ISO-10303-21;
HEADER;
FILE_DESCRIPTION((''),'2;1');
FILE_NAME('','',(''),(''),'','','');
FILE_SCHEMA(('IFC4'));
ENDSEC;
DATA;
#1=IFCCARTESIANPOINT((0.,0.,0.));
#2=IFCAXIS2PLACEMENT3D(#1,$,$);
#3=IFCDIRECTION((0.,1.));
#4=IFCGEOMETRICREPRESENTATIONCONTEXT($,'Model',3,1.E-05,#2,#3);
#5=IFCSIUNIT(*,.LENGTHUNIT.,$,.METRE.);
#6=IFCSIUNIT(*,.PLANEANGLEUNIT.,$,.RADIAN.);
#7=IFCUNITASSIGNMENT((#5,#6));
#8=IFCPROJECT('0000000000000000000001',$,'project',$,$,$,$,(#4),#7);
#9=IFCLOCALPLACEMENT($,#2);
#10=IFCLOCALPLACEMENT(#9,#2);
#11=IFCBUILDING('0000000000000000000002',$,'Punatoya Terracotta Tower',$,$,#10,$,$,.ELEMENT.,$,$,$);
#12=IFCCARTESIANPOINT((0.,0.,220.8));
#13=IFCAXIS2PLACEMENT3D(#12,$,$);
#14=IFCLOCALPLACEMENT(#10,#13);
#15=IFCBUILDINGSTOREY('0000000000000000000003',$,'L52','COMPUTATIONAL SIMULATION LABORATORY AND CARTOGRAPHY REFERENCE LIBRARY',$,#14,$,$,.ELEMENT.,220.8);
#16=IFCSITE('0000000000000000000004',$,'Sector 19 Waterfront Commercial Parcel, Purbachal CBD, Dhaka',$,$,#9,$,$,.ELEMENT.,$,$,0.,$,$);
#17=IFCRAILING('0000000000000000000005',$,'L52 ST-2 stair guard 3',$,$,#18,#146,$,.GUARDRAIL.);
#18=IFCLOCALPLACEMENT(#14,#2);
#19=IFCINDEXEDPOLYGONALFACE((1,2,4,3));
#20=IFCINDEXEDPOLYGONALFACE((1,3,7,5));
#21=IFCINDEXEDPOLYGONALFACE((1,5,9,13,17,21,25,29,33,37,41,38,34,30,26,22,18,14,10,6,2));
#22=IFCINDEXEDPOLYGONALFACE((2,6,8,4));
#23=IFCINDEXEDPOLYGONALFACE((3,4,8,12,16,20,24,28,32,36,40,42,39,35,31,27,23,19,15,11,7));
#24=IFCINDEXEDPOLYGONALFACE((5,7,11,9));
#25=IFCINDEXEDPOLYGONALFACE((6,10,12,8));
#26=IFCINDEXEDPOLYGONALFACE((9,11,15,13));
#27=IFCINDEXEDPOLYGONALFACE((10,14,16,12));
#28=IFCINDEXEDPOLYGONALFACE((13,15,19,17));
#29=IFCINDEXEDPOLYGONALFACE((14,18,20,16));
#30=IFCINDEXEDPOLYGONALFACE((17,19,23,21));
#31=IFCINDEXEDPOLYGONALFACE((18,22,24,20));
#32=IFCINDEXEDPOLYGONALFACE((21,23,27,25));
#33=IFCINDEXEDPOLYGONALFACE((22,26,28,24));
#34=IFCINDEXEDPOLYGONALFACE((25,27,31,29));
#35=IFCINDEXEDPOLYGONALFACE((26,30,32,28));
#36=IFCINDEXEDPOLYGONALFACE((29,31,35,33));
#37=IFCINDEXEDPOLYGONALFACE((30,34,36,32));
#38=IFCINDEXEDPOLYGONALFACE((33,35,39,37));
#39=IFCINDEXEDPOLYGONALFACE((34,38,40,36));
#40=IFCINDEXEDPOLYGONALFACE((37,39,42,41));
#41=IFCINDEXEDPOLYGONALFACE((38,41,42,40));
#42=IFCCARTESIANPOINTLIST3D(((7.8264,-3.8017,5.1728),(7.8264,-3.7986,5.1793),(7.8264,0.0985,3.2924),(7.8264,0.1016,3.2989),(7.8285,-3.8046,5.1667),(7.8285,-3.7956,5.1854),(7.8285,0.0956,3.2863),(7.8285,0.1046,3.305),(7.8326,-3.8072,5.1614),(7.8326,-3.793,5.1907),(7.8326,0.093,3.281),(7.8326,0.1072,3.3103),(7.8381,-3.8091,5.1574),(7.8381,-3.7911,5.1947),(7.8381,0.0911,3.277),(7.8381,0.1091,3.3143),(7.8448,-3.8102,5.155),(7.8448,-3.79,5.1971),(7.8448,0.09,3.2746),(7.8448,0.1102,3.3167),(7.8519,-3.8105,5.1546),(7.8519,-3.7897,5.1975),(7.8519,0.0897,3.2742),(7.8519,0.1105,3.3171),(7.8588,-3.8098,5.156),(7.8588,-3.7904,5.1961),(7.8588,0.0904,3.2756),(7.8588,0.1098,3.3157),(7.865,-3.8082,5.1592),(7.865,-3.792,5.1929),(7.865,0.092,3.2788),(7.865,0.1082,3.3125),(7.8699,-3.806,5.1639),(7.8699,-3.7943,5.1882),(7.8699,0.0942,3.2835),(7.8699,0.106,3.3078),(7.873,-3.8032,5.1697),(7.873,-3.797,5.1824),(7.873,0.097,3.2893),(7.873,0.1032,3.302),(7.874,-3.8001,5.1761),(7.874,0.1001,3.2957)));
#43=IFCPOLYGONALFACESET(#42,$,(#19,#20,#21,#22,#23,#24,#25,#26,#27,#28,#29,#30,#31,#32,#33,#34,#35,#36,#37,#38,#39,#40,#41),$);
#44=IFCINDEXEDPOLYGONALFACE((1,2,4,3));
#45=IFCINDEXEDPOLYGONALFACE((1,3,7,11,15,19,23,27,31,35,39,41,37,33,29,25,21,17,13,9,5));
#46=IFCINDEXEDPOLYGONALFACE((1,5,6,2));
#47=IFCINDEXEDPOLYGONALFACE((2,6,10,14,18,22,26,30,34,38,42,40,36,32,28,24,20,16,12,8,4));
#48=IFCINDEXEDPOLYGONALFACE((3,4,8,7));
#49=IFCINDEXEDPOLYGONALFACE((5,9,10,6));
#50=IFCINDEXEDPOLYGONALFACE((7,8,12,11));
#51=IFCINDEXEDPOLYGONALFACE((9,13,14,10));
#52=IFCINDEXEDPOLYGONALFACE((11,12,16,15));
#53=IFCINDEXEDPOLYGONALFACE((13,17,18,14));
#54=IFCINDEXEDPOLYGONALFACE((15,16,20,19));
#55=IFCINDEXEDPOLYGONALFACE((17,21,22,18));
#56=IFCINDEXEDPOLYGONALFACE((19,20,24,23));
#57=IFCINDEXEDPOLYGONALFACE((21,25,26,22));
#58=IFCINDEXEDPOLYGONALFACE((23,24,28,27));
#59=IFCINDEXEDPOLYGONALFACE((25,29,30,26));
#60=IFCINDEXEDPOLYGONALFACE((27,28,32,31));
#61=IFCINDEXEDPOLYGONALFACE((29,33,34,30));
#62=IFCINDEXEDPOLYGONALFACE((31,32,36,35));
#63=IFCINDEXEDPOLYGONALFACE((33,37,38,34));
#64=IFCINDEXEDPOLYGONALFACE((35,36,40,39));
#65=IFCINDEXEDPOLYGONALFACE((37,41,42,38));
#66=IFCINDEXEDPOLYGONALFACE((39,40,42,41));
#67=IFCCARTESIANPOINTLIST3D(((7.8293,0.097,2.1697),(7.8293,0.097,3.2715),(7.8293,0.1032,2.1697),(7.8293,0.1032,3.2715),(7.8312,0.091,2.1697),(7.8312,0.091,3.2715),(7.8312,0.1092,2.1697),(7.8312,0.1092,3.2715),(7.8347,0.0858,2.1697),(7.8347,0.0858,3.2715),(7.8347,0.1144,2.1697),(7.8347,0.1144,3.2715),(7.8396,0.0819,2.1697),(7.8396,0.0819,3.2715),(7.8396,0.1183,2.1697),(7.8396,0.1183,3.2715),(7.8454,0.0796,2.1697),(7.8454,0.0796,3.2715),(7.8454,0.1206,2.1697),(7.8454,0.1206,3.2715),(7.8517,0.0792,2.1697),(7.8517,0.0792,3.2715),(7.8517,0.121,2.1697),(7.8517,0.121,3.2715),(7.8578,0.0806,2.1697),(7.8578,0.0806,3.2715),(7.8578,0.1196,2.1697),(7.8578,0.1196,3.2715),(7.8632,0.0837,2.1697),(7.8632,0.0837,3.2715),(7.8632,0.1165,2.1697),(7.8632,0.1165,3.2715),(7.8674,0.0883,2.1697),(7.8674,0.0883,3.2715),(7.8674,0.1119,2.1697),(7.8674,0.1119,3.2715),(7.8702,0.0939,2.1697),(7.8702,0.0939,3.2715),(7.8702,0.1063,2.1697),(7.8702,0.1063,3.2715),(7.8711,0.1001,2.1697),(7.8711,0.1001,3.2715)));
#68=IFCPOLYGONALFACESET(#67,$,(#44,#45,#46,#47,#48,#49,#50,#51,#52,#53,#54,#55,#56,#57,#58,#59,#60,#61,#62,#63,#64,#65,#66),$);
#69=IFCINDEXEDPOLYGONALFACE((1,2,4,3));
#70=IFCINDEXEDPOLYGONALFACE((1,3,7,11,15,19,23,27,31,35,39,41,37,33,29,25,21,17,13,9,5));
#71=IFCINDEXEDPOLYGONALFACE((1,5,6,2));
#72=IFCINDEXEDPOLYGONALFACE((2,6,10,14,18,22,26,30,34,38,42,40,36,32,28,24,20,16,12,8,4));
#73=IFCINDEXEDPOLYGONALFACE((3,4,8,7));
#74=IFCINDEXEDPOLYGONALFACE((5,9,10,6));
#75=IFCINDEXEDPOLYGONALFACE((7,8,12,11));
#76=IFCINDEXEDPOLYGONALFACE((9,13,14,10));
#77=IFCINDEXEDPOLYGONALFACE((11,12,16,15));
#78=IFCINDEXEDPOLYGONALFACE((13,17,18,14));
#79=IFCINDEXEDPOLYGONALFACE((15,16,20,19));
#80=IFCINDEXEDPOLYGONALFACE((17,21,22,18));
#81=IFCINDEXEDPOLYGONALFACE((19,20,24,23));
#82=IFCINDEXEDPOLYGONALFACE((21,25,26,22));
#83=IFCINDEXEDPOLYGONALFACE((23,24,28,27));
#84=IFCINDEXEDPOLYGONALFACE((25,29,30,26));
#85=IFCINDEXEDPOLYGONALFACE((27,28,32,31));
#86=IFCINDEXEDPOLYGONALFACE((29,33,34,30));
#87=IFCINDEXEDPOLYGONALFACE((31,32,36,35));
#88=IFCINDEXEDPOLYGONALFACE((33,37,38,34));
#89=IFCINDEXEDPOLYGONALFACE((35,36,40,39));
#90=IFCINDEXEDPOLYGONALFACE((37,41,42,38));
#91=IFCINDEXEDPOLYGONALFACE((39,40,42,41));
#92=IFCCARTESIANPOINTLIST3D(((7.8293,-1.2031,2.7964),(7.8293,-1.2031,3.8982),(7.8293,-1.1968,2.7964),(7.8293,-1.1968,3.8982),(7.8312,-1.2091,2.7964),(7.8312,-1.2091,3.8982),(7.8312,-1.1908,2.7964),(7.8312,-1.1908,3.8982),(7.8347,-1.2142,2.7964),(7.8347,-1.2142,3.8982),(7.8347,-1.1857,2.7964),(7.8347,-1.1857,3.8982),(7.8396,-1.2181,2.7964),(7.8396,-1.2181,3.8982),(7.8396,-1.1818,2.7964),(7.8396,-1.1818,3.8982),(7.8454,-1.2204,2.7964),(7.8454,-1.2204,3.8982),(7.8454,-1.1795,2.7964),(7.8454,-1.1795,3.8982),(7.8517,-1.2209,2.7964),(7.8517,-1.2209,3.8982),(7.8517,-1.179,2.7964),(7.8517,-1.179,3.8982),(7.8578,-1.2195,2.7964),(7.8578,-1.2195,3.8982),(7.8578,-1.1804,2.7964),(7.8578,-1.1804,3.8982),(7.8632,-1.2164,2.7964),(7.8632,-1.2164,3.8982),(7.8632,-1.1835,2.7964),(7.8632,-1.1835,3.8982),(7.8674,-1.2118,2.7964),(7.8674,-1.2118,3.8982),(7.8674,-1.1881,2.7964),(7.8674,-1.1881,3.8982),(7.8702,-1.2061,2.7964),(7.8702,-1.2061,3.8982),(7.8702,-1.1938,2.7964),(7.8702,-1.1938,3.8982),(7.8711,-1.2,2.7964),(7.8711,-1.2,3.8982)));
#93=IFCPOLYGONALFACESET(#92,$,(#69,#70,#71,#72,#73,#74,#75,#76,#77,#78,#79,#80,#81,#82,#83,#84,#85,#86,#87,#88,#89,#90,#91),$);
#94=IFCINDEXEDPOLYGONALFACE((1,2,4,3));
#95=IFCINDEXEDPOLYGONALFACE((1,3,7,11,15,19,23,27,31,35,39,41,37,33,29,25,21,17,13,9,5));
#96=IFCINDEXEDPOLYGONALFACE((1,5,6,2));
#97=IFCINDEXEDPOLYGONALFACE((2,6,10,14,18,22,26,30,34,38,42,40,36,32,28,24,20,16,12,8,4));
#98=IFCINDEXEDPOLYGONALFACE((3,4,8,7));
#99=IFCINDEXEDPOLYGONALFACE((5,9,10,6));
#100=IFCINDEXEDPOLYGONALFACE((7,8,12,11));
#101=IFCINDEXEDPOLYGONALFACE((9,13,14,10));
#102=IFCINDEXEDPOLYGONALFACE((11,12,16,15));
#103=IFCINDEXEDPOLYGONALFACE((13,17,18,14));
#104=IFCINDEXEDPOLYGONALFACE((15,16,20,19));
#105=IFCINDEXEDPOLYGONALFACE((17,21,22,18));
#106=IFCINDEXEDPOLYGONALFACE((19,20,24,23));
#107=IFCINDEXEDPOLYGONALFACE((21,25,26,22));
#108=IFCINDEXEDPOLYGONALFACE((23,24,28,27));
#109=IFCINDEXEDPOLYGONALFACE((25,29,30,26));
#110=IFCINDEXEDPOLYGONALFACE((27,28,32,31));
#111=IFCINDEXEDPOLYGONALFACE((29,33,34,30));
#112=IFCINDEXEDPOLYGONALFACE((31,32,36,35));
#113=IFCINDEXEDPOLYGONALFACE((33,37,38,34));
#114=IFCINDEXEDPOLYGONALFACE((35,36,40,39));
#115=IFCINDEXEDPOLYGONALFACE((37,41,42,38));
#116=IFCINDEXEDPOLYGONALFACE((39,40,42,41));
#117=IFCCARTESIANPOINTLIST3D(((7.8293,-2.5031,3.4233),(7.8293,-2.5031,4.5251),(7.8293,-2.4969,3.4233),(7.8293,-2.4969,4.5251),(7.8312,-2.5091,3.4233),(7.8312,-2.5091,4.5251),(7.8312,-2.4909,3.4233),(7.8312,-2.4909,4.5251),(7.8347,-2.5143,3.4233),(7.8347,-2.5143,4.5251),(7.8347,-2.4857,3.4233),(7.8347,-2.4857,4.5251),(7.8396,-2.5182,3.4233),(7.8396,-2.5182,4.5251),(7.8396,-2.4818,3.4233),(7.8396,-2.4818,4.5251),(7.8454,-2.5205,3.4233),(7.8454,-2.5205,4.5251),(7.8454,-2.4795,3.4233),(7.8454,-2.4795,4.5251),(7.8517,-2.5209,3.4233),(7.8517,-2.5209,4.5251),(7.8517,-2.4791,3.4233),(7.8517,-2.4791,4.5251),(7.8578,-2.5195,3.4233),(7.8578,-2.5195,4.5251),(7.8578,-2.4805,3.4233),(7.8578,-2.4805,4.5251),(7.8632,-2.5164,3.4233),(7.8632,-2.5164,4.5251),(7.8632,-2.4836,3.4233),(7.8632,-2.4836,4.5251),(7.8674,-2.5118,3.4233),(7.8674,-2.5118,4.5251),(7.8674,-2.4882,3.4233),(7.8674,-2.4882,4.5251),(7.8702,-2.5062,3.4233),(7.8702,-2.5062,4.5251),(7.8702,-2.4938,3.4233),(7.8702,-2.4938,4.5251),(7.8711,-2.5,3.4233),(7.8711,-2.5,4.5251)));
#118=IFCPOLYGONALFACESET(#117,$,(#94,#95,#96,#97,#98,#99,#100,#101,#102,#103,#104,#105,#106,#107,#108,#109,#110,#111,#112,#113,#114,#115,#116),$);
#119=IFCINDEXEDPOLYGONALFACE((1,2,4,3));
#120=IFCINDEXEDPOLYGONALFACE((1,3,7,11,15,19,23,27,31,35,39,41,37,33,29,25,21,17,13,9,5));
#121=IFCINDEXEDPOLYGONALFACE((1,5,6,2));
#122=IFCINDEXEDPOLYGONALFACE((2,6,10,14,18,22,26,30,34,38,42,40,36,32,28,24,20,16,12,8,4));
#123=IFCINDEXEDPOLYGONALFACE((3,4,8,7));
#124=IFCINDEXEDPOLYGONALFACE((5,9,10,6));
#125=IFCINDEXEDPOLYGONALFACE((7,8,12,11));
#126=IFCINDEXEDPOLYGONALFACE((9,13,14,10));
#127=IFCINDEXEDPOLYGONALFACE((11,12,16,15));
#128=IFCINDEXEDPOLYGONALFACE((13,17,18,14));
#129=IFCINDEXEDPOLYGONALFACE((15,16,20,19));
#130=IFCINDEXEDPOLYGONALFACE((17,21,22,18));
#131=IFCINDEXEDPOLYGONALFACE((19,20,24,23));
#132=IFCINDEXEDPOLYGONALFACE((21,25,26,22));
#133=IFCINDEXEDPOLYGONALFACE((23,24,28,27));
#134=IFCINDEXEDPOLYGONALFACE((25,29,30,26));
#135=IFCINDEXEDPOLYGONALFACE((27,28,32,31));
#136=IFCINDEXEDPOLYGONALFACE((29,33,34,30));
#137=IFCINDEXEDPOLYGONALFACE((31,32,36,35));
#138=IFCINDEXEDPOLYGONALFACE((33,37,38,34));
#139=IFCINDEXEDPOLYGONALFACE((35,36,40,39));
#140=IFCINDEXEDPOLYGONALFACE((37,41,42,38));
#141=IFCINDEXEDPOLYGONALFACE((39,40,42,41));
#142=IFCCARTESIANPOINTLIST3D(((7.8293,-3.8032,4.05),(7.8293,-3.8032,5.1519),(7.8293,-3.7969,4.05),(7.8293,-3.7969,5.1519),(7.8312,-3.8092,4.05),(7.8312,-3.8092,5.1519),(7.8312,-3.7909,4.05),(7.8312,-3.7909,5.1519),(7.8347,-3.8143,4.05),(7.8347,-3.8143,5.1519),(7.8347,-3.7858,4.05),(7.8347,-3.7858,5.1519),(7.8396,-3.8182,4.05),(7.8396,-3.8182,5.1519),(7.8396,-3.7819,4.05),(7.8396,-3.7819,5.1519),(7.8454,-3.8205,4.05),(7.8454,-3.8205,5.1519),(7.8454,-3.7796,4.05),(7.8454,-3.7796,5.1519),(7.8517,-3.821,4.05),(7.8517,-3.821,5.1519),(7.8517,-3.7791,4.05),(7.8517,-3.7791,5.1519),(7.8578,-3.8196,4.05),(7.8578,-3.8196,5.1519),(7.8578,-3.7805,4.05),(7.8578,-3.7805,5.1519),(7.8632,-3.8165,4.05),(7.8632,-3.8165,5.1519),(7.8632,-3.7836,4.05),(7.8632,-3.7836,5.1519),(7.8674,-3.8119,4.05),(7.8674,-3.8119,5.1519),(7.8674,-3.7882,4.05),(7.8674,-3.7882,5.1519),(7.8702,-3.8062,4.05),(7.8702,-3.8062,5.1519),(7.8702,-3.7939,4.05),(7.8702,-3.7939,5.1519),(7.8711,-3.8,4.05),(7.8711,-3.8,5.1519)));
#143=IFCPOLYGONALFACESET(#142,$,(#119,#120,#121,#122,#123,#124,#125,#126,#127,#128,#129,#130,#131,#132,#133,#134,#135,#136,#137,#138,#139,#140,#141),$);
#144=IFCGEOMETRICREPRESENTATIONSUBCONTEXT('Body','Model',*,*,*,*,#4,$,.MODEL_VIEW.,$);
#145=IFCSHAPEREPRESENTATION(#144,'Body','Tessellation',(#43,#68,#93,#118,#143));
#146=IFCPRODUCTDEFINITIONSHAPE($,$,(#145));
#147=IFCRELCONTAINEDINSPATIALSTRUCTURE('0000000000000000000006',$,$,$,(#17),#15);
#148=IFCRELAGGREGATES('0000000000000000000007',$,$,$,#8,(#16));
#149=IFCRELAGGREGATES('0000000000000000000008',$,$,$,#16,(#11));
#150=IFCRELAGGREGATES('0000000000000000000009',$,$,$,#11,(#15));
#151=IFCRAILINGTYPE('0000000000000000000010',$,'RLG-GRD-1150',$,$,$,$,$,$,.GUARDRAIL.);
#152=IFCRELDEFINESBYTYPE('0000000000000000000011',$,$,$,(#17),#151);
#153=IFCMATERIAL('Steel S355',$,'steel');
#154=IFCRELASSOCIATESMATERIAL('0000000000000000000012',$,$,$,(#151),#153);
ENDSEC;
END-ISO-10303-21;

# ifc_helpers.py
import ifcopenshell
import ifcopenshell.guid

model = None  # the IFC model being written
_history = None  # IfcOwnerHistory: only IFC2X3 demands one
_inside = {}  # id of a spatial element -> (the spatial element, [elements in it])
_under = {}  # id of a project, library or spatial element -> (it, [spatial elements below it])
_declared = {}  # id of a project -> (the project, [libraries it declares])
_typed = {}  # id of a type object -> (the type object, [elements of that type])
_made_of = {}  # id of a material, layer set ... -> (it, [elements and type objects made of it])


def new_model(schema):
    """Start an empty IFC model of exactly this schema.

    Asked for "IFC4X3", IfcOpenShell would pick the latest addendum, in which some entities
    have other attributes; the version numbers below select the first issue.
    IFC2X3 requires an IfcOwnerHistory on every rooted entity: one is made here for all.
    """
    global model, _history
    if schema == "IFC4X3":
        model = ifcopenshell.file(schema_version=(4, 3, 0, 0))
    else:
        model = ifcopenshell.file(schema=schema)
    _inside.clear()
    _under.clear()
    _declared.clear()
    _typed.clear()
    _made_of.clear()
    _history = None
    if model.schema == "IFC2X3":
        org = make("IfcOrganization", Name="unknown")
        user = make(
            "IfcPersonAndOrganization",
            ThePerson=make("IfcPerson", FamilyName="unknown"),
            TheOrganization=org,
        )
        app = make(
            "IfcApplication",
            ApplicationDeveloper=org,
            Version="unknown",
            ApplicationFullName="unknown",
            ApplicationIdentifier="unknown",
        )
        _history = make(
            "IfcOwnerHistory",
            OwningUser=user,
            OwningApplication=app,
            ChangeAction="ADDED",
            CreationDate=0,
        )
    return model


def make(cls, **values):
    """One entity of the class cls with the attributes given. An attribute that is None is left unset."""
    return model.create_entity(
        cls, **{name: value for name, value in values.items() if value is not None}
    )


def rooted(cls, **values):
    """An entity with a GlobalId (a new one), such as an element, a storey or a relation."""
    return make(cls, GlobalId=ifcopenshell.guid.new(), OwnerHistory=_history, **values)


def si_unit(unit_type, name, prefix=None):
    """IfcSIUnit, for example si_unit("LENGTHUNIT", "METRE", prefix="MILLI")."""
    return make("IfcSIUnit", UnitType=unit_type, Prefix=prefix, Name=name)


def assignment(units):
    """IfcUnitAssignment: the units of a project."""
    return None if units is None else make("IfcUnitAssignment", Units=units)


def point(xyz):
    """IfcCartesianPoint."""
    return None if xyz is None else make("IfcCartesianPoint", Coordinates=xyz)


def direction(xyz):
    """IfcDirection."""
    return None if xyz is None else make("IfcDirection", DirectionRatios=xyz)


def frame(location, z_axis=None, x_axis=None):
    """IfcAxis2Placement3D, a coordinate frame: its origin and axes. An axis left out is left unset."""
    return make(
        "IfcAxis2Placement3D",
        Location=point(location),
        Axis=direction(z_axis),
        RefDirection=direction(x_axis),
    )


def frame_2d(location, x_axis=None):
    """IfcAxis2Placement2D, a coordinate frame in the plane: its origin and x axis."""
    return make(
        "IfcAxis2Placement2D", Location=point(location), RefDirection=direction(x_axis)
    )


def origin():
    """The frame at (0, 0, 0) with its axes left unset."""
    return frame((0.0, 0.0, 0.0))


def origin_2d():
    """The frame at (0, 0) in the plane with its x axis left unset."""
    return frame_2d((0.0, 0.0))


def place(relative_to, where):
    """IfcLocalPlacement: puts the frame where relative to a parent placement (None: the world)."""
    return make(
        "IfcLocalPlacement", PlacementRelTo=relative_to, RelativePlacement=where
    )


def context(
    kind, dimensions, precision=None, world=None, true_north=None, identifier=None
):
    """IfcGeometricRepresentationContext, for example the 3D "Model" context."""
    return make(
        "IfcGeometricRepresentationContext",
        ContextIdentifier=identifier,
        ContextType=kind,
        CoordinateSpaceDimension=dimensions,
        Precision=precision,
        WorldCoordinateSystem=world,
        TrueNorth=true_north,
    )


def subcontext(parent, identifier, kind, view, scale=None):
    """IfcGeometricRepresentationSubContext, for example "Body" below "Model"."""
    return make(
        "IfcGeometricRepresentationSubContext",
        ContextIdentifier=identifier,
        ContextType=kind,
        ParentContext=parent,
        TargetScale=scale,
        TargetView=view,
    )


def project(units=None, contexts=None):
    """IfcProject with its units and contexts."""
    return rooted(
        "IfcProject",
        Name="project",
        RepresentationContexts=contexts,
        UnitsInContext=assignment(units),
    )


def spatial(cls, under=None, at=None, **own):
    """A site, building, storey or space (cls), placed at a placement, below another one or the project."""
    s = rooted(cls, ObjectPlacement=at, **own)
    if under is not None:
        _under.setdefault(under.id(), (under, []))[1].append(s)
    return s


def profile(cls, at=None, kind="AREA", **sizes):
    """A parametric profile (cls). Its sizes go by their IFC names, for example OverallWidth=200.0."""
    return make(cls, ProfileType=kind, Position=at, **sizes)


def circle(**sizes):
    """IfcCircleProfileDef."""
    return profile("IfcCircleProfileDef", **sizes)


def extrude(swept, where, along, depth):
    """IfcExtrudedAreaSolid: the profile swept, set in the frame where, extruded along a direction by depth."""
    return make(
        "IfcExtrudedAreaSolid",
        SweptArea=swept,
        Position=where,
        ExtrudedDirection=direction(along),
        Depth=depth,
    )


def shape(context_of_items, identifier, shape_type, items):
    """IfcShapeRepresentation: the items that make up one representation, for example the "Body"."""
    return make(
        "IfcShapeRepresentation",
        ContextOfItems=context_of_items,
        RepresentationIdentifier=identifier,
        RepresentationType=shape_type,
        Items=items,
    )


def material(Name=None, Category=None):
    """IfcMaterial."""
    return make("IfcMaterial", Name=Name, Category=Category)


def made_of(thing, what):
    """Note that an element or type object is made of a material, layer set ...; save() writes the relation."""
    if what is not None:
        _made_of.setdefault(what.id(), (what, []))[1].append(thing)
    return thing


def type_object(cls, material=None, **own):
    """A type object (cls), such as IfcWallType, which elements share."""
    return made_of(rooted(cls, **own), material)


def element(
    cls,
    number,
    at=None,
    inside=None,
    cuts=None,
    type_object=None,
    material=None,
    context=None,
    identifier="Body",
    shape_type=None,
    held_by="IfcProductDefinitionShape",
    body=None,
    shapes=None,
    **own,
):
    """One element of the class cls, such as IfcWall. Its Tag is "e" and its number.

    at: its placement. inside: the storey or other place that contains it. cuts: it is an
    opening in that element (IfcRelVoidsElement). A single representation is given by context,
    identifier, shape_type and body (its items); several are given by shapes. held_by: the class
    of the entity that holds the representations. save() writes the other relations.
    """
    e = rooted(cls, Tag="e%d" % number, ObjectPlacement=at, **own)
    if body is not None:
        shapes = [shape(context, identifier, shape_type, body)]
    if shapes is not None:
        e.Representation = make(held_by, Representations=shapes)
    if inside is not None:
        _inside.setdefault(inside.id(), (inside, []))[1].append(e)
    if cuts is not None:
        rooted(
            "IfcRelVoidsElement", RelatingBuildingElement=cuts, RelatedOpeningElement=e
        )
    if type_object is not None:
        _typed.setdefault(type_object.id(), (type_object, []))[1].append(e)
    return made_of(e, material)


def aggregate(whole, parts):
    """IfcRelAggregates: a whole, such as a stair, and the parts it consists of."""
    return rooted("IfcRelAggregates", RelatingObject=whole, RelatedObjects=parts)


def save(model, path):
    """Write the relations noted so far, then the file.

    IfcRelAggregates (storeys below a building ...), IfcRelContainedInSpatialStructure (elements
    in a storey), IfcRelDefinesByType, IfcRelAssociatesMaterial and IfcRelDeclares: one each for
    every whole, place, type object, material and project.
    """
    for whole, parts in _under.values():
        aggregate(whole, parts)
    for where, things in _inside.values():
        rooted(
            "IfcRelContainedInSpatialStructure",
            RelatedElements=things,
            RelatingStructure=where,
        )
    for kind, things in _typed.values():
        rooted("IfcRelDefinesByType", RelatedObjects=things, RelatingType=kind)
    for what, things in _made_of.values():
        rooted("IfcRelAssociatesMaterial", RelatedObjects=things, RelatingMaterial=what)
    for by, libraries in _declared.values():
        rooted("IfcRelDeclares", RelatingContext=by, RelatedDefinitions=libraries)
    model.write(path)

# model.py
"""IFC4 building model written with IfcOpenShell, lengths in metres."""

from ifc_helpers import new_model, si_unit, direction, frame, origin, origin_2d, place, context, subcontext, project, spatial, circle, extrude, material, type_object, element, save


model = new_model("IFC4")

# Units and contexts
model_context = context("Model", 3, precision=1e-05, world=origin(), true_north=direction((0.0, 1.0)))
body_context = subcontext(model_context, "Body", "Model", "MODEL_VIEW")
ifc_project = project(units=[si_unit("LENGTHUNIT", "METRE"), si_unit("PLANEANGLEUNIT", "RADIAN")], contexts=[model_context])

# Site, building, storey
site_placement = place(None, origin())
site = spatial("IfcSite", under=ifc_project, at=site_placement, Name="Sector 19 Waterfront Commercial Parcel, Purbachal CBD, Dhaka", CompositionType="ELEMENT", RefElevation=0.0)
building_placement = place(site_placement, origin())
building = spatial("IfcBuilding", under=site, at=building_placement, Name="Punatoya Terracotta Tower", CompositionType="ELEMENT")
storey_placement = place(building_placement, frame((0.0, 0.0, 220.8)))
storey = spatial("IfcBuildingStorey", under=building, at=storey_placement, Name="L52", Description="COMPUTATIONAL SIMULATION LABORATORY AND CARTOGRAPHY REFERENCE LIBRARY", CompositionType="ELEMENT", Elevation=220.8)

# Shared definitions
ifc_material_1 = material(Name="Steel S355", Category="steel")

# Railing
railing_type_1 = type_object("IfcRailingType", Name="RLG-GRD-1150", PredefinedType="GUARDRAIL", material=ifc_material_1)
railing_1_placement = place(storey_placement, frame((7.8501, 0.1001, 2.1697)))
element("IfcRailing", 1, at=railing_1_placement, inside=storey, type_object=railing_type_1, Name="L52 ST-2 stair guard 3", PredefinedType="GUARDRAIL", context=body_context, shape_type="SweptSolid", body=[
    extrude(circle(Radius=0.0239, at=origin_2d()), frame((0.0, 0.0, 1.126), z_axis=(0.0, -0.900774, 0.434289), x_axis=(1.0, 0.0, 0.0)), (0.0, 0.0, 1.0), 4.3298),
    extrude(circle(Radius=0.021, at=origin_2d()), origin(), (0.0, 0.0, 1.0), 1.1018),
    extrude(circle(Radius=0.021, at=origin_2d()), frame((0.0, -1.3, 0.6267)), (0.0, 0.0, 1.0), 1.1018),
    extrude(circle(Radius=0.021, at=origin_2d()), frame((0.0, -2.6001, 1.2537)), (0.0, 0.0, 1.0), 1.1018),
    extrude(circle(Radius=0.021, at=origin_2d()), frame((0.0, -3.9001, 1.8804)), (0.0, 0.0, 1.0), 1.1018),
])

save(model, "model.ifc")
